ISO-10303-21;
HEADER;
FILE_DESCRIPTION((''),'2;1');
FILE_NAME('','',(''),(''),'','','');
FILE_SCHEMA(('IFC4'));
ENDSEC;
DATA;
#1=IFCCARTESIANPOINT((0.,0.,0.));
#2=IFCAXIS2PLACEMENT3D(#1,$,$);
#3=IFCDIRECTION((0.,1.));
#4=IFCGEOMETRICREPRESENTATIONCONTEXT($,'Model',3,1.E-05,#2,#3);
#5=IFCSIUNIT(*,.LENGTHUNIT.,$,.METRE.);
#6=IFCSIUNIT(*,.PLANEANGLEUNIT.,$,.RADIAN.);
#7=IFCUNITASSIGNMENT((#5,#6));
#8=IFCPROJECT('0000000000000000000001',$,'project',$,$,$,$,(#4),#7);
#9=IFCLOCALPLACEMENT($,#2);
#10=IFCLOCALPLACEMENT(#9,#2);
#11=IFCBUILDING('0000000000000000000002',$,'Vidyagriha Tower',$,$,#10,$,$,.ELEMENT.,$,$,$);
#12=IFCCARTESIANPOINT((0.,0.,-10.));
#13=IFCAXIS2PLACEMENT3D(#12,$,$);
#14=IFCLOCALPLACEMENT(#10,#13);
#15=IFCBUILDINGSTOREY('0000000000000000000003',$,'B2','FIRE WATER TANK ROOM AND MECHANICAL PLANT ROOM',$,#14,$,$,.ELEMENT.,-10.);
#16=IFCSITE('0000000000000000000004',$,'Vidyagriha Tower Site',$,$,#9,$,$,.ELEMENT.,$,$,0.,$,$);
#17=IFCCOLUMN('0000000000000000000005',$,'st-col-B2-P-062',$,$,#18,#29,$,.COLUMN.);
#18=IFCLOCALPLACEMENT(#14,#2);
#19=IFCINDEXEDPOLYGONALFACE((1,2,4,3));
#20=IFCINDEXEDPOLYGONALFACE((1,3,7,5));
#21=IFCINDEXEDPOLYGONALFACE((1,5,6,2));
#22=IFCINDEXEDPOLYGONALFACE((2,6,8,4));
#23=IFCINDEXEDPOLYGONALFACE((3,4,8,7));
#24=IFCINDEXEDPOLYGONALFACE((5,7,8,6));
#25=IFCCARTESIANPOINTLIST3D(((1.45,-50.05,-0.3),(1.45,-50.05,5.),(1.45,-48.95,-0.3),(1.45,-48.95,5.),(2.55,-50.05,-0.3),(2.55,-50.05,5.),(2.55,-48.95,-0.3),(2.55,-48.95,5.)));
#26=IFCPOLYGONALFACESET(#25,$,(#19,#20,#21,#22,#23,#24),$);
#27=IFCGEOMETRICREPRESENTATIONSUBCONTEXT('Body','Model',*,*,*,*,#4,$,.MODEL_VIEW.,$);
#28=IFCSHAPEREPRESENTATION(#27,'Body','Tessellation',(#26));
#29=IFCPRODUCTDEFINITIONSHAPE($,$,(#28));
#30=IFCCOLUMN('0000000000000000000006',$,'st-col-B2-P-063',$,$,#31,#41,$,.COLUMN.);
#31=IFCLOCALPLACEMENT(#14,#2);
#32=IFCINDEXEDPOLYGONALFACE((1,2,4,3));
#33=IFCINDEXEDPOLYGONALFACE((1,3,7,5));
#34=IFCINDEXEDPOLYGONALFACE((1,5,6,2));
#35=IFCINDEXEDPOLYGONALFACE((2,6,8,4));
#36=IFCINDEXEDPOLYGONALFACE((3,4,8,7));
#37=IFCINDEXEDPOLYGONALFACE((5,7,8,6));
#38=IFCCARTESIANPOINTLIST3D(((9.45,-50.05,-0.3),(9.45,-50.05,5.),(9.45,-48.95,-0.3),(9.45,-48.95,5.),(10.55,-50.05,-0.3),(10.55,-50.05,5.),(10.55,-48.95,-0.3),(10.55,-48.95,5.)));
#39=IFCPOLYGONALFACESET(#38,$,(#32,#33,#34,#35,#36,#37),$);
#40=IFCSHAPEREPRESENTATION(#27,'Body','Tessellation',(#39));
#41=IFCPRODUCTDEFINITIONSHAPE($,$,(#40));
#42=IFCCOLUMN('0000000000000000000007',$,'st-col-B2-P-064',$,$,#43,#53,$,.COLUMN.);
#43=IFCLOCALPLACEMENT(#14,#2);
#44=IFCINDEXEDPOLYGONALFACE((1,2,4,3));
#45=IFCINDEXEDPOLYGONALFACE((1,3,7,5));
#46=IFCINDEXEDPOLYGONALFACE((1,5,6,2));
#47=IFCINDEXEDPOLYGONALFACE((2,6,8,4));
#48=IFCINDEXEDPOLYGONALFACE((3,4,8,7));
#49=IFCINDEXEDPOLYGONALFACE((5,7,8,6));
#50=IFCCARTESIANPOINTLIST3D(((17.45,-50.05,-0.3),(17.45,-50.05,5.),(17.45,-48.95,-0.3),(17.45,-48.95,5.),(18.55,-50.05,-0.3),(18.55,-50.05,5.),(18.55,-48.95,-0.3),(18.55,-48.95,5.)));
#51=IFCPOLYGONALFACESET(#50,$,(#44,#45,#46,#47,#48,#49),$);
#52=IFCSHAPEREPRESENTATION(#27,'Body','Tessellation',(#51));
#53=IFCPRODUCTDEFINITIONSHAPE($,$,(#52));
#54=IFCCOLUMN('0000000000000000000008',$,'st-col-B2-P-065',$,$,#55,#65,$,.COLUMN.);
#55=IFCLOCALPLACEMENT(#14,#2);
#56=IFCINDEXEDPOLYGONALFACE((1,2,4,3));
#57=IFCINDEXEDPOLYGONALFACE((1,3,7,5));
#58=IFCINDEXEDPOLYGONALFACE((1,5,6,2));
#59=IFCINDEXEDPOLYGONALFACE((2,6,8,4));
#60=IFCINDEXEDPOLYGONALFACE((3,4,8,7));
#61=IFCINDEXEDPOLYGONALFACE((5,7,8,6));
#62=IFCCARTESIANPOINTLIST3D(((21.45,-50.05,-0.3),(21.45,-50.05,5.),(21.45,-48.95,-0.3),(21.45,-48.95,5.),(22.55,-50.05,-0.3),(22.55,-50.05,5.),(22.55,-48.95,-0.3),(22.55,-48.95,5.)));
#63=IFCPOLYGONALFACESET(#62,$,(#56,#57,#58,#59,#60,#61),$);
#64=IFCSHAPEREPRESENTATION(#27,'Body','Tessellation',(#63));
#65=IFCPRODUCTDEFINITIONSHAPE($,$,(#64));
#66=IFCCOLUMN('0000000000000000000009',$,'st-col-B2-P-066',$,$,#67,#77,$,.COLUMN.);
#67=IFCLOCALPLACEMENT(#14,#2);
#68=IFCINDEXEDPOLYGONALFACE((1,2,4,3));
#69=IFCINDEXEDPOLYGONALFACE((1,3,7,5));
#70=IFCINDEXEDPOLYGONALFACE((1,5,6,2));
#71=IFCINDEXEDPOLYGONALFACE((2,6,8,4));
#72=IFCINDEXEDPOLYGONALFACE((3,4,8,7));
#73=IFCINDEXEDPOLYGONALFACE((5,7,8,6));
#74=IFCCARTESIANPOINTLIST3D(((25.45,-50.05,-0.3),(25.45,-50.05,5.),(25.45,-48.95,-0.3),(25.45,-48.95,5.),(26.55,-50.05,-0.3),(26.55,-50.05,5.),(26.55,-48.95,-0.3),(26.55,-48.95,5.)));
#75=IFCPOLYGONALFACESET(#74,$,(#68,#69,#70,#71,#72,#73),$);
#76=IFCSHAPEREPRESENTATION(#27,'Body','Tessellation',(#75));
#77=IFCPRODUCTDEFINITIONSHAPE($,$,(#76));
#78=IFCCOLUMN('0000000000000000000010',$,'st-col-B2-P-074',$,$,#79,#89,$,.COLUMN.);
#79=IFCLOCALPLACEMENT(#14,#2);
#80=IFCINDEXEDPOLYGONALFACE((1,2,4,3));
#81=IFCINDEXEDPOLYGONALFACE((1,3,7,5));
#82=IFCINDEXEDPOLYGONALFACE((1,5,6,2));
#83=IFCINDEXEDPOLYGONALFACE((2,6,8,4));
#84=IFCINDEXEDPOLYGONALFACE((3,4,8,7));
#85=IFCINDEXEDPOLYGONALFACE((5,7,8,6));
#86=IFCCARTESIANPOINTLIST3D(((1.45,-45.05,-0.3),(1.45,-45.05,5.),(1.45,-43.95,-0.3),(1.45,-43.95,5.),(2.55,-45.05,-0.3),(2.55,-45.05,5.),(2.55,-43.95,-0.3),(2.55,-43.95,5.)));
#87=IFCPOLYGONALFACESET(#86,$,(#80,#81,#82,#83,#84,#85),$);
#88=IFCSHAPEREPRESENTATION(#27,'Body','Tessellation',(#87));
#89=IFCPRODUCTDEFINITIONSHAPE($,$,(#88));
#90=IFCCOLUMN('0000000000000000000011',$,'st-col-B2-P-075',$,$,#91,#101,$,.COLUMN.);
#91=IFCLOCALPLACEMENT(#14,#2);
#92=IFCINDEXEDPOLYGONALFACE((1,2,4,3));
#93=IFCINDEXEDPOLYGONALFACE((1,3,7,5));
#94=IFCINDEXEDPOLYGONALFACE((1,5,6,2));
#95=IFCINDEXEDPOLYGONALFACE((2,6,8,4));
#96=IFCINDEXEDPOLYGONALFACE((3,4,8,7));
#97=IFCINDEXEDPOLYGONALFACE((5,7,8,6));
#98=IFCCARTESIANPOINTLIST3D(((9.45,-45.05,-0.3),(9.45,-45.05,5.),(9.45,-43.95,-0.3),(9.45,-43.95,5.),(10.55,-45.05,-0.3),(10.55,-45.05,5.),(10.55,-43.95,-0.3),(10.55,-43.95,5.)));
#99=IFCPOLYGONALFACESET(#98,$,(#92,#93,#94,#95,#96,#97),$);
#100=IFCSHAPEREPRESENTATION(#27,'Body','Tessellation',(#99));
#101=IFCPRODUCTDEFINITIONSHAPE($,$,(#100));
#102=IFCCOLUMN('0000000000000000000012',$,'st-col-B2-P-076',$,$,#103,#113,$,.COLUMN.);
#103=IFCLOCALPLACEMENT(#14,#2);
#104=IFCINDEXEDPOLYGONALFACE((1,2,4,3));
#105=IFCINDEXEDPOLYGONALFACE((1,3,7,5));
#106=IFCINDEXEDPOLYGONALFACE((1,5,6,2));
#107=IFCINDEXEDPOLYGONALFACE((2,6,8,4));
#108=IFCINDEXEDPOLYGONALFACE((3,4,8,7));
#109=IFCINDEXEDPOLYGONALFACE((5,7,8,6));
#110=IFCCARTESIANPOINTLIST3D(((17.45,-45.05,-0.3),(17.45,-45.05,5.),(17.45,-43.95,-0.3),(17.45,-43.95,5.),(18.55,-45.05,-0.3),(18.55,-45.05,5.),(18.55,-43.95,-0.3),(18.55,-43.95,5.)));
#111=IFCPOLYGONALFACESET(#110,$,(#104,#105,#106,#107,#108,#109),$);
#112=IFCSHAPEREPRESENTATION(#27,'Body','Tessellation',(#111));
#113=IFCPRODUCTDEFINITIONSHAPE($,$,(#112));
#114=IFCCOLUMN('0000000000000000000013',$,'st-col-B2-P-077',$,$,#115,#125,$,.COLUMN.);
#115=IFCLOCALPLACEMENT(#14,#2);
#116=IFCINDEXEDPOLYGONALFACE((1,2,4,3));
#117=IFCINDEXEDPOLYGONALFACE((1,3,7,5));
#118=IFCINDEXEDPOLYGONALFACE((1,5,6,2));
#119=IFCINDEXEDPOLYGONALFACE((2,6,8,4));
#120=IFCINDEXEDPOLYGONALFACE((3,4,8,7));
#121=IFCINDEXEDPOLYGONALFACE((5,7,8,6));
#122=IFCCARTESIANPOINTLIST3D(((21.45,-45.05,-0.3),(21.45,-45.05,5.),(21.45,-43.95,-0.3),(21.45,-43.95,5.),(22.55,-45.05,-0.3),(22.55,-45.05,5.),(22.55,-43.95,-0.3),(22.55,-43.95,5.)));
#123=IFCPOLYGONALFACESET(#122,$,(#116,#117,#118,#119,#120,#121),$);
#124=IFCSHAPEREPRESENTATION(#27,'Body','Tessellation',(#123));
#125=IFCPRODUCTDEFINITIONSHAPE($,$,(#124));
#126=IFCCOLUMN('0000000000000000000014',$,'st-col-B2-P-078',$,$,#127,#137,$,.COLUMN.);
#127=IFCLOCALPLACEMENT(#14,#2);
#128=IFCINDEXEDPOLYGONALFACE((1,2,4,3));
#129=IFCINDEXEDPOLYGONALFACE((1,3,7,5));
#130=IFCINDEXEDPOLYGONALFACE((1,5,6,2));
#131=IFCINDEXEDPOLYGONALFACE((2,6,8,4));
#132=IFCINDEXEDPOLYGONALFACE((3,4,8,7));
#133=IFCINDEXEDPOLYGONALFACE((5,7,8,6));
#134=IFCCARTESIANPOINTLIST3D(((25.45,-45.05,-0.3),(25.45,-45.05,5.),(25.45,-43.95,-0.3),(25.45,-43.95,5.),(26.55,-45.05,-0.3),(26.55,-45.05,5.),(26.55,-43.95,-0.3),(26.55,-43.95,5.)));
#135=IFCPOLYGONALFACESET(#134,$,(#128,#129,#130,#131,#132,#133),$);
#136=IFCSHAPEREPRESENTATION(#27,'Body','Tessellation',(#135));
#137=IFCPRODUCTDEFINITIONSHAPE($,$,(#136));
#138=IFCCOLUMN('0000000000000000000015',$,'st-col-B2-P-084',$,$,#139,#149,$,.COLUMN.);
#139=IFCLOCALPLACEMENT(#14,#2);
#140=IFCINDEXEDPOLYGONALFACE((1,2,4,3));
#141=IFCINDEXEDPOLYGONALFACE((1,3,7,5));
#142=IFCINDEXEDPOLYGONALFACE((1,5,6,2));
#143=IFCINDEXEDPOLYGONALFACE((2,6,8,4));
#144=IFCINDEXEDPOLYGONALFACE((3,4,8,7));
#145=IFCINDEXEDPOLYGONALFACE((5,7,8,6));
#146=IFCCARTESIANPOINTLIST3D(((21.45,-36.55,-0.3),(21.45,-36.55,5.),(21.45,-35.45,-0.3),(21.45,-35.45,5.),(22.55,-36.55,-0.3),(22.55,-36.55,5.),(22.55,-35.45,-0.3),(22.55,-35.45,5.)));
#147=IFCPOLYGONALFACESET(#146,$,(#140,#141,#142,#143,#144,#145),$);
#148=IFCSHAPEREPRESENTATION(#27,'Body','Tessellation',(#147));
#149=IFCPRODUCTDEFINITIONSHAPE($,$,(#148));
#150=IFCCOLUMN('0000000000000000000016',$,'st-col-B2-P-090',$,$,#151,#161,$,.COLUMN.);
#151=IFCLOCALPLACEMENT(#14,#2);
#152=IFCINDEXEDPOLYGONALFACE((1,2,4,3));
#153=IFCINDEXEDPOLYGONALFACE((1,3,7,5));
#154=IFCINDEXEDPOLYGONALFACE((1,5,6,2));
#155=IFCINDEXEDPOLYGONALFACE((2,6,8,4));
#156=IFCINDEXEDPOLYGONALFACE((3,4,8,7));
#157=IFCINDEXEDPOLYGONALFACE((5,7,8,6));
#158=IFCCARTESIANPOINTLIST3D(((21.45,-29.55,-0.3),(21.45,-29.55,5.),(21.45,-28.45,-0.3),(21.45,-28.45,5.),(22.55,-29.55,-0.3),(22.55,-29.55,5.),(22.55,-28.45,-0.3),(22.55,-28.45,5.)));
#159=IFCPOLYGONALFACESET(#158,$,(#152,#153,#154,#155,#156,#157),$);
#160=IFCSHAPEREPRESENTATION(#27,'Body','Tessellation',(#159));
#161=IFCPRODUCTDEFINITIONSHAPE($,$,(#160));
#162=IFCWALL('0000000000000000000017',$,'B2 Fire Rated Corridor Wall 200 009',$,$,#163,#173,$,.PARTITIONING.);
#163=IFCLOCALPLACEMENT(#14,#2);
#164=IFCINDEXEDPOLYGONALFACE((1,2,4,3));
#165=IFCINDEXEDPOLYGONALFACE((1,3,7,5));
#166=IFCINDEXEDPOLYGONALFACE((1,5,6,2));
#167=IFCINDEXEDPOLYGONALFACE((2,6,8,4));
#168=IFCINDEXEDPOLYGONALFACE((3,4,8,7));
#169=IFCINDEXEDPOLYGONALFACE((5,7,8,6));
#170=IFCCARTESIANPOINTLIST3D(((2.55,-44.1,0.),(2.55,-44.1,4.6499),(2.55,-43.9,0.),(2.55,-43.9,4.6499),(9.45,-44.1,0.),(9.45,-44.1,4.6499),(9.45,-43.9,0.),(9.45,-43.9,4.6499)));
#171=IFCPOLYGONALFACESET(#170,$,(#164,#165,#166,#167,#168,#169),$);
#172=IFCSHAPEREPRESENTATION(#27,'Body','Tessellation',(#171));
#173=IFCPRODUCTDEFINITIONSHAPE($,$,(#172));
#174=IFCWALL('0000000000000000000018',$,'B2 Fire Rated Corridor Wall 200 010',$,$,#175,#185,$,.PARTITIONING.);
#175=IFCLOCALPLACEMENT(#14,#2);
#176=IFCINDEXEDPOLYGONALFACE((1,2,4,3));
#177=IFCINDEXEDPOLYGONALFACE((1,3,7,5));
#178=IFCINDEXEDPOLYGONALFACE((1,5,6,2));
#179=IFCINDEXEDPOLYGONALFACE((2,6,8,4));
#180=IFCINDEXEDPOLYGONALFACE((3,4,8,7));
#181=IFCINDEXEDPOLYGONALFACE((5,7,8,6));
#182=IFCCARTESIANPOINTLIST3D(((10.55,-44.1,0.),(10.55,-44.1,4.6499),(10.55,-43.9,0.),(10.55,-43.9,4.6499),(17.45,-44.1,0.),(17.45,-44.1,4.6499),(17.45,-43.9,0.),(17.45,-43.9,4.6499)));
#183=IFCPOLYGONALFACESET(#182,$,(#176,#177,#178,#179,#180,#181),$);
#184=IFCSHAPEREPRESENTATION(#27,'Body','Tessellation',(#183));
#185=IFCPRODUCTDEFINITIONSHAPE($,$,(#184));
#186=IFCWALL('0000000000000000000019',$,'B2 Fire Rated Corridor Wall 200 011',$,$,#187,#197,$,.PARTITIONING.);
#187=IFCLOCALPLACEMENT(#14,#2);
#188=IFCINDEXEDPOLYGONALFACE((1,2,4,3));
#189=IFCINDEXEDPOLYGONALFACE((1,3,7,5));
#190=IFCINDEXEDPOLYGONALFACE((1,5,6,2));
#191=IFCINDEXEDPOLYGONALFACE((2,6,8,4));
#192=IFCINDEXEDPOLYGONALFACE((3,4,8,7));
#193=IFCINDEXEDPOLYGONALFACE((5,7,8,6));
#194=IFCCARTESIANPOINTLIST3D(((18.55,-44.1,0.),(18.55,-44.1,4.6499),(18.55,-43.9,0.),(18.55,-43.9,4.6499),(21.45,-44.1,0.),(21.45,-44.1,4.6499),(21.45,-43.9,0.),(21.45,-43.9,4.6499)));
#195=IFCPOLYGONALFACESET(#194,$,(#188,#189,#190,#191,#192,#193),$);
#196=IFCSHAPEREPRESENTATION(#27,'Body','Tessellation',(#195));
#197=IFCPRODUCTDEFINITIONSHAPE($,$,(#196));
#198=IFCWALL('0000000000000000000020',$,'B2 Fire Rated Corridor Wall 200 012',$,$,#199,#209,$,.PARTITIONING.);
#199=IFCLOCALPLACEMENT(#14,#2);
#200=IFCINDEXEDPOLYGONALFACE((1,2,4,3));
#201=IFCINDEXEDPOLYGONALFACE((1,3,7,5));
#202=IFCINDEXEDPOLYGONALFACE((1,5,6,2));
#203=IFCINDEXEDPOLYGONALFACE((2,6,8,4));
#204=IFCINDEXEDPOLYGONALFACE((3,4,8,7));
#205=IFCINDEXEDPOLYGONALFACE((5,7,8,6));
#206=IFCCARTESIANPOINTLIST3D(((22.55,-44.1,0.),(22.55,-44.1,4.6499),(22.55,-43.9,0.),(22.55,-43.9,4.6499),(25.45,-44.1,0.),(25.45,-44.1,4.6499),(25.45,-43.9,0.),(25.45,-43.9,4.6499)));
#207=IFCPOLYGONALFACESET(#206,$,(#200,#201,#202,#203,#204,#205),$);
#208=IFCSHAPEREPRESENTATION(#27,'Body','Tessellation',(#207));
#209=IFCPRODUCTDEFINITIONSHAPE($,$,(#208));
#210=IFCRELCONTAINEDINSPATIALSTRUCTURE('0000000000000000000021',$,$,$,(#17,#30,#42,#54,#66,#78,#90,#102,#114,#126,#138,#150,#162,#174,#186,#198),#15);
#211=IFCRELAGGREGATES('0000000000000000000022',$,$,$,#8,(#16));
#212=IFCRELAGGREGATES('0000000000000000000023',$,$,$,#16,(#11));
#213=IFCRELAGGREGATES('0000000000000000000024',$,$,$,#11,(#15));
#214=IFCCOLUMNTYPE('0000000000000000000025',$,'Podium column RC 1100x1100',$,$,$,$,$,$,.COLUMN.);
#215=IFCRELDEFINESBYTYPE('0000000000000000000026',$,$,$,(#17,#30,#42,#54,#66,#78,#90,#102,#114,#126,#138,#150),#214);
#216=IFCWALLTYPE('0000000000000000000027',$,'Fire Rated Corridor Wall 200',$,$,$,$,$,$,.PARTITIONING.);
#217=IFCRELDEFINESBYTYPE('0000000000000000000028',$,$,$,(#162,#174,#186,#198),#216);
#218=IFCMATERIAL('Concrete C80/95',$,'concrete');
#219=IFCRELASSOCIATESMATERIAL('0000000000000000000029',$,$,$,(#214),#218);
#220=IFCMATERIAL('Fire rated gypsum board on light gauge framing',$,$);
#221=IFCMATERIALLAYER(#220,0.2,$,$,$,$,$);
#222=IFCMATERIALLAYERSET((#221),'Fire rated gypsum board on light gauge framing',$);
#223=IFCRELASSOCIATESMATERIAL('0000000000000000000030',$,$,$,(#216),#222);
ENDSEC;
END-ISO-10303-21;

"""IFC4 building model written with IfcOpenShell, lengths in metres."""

from ifc_helpers import new_model, si_unit, direction, frame, frame_2d, origin, origin_2d, place, context, subcontext, project, spatial, rectangle, extrude, material, layer, layer_set, material_profile, profile_set, type_object, element, save


model = new_model("IFC4")

# Units and contexts
model_context = context("Model", 3, precision=1e-05, world=origin(), true_north=direction((0.0, 1.0)))
body_context = subcontext(model_context, "Body", "Model", "MODEL_VIEW")
ifc_project = project(units=[si_unit("LENGTHUNIT", "METRE"), si_unit("PLANEANGLEUNIT", "RADIAN")], contexts=[model_context])

# Site, building, storey
site_placement = place(None, origin())
site = spatial("IfcSite", under=ifc_project, at=site_placement, Name="Vidyagriha Tower Site", CompositionType="ELEMENT", RefElevation=0.0)
building_placement = place(site_placement, origin())
building = spatial("IfcBuilding", under=site, at=building_placement, Name="Vidyagriha Tower", CompositionType="ELEMENT")
storey_placement = place(building_placement, frame((0.0, 0.0, -10.0)))
storey = spatial("IfcBuildingStorey", under=building, at=storey_placement, Name="B2", Description="FIRE WATER TANK ROOM AND MECHANICAL PLANT ROOM", CompositionType="ELEMENT", Elevation=-10.0)

# Columns
ifc_material_1 = material(Name="Concrete C80/95", Category="concrete")
ifc_material_profile = material_profile(ifc_material_1, rectangle(XDim=1.1001, YDim=1.1001, at=origin_2d()), Name="RC 1100x1100")
ifc_profile_set = profile_set([ifc_material_profile], Name="Concrete C80/95")
column_type = type_object("IfcColumnType", Name="Podium column RC 1100x1100", PredefinedType="COLUMN", material=ifc_profile_set)
for number, where, name in (
    (1, (2.0, -49.5, -0.3), "st-col-B2-P-062"),
    (2, (10.0, -49.5, -0.3), "st-col-B2-P-063"),
    (3, (18.0, -49.5, -0.3), "st-col-B2-P-064"),
    (4, (22.0, -49.5, -0.3), "st-col-B2-P-065"),
    (5, (26.0, -49.5, -0.3), "st-col-B2-P-066"),
    (6, (2.0, -44.5, -0.3), "st-col-B2-P-074"),
    (7, (10.0, -44.5, -0.3), "st-col-B2-P-075"),
    (8, (18.0, -44.5, -0.3), "st-col-B2-P-076"),
    (9, (22.0, -44.5, -0.3), "st-col-B2-P-077"),
    (10, (26.0, -44.5, -0.3), "st-col-B2-P-078"),
    (11, (22.0, -36.0, -0.3), "st-col-B2-P-084"),
    (12, (22.0, -29.0, -0.3), "st-col-B2-P-090"),
):
    element("IfcColumn", number, at=place(storey_placement, frame(where)), inside=storey, type_object=column_type, Name=name, PredefinedType="COLUMN", context=body_context, shape_type="SweptSolid", body=[
        extrude(rectangle(XDim=1.1001, YDim=1.1001, at=origin_2d()), origin(), (0.0, 0.0, 1.0), 5.3),
    ])

# Walls
ifc_material_2 = material(Name="Fire rated gypsum board on light gauge framing")
ifc_layer = layer(ifc_material_2, 0.2)
ifc_layer_set = layer_set([ifc_layer], Name="Fire rated gypsum board on light gauge framing")
wall_type = type_object("IfcWallType", Name="Fire Rated Corridor Wall 200", PredefinedType="PARTITIONING", material=ifc_layer_set)
for number, where, name in (
    (13, (2.55, -44.0, 0.0), "B2 Fire Rated Corridor Wall 200 009"),
    (14, (10.55, -44.0, 0.0), "B2 Fire Rated Corridor Wall 200 010"),
):
    element("IfcWall", number, at=place(storey_placement, frame(where)), inside=storey, type_object=wall_type, Name=name, PredefinedType="PARTITIONING", context=body_context, shape_type="SweptSolid", body=[
        extrude(rectangle(XDim=6.8999, YDim=0.2, at=frame_2d((3.45, 0.0))), origin(), (0.0, 0.0, 1.0), 4.6499),
    ])
for number, where, name in (
    (15, (18.55, -44.0, 0.0), "B2 Fire Rated Corridor Wall 200 011"),
    (16, (22.55, -44.0, 0.0), "B2 Fire Rated Corridor Wall 200 012"),
):
    element("IfcWall", number, at=place(storey_placement, frame(where)), inside=storey, type_object=wall_type, Name=name, PredefinedType="PARTITIONING", context=body_context, shape_type="SweptSolid", body=[
        extrude(rectangle(XDim=2.8999, YDim=0.2, at=frame_2d((1.45, 0.0))), origin(), (0.0, 0.0, 1.0), 4.6499),
    ])

save(model, "model.ifc")
